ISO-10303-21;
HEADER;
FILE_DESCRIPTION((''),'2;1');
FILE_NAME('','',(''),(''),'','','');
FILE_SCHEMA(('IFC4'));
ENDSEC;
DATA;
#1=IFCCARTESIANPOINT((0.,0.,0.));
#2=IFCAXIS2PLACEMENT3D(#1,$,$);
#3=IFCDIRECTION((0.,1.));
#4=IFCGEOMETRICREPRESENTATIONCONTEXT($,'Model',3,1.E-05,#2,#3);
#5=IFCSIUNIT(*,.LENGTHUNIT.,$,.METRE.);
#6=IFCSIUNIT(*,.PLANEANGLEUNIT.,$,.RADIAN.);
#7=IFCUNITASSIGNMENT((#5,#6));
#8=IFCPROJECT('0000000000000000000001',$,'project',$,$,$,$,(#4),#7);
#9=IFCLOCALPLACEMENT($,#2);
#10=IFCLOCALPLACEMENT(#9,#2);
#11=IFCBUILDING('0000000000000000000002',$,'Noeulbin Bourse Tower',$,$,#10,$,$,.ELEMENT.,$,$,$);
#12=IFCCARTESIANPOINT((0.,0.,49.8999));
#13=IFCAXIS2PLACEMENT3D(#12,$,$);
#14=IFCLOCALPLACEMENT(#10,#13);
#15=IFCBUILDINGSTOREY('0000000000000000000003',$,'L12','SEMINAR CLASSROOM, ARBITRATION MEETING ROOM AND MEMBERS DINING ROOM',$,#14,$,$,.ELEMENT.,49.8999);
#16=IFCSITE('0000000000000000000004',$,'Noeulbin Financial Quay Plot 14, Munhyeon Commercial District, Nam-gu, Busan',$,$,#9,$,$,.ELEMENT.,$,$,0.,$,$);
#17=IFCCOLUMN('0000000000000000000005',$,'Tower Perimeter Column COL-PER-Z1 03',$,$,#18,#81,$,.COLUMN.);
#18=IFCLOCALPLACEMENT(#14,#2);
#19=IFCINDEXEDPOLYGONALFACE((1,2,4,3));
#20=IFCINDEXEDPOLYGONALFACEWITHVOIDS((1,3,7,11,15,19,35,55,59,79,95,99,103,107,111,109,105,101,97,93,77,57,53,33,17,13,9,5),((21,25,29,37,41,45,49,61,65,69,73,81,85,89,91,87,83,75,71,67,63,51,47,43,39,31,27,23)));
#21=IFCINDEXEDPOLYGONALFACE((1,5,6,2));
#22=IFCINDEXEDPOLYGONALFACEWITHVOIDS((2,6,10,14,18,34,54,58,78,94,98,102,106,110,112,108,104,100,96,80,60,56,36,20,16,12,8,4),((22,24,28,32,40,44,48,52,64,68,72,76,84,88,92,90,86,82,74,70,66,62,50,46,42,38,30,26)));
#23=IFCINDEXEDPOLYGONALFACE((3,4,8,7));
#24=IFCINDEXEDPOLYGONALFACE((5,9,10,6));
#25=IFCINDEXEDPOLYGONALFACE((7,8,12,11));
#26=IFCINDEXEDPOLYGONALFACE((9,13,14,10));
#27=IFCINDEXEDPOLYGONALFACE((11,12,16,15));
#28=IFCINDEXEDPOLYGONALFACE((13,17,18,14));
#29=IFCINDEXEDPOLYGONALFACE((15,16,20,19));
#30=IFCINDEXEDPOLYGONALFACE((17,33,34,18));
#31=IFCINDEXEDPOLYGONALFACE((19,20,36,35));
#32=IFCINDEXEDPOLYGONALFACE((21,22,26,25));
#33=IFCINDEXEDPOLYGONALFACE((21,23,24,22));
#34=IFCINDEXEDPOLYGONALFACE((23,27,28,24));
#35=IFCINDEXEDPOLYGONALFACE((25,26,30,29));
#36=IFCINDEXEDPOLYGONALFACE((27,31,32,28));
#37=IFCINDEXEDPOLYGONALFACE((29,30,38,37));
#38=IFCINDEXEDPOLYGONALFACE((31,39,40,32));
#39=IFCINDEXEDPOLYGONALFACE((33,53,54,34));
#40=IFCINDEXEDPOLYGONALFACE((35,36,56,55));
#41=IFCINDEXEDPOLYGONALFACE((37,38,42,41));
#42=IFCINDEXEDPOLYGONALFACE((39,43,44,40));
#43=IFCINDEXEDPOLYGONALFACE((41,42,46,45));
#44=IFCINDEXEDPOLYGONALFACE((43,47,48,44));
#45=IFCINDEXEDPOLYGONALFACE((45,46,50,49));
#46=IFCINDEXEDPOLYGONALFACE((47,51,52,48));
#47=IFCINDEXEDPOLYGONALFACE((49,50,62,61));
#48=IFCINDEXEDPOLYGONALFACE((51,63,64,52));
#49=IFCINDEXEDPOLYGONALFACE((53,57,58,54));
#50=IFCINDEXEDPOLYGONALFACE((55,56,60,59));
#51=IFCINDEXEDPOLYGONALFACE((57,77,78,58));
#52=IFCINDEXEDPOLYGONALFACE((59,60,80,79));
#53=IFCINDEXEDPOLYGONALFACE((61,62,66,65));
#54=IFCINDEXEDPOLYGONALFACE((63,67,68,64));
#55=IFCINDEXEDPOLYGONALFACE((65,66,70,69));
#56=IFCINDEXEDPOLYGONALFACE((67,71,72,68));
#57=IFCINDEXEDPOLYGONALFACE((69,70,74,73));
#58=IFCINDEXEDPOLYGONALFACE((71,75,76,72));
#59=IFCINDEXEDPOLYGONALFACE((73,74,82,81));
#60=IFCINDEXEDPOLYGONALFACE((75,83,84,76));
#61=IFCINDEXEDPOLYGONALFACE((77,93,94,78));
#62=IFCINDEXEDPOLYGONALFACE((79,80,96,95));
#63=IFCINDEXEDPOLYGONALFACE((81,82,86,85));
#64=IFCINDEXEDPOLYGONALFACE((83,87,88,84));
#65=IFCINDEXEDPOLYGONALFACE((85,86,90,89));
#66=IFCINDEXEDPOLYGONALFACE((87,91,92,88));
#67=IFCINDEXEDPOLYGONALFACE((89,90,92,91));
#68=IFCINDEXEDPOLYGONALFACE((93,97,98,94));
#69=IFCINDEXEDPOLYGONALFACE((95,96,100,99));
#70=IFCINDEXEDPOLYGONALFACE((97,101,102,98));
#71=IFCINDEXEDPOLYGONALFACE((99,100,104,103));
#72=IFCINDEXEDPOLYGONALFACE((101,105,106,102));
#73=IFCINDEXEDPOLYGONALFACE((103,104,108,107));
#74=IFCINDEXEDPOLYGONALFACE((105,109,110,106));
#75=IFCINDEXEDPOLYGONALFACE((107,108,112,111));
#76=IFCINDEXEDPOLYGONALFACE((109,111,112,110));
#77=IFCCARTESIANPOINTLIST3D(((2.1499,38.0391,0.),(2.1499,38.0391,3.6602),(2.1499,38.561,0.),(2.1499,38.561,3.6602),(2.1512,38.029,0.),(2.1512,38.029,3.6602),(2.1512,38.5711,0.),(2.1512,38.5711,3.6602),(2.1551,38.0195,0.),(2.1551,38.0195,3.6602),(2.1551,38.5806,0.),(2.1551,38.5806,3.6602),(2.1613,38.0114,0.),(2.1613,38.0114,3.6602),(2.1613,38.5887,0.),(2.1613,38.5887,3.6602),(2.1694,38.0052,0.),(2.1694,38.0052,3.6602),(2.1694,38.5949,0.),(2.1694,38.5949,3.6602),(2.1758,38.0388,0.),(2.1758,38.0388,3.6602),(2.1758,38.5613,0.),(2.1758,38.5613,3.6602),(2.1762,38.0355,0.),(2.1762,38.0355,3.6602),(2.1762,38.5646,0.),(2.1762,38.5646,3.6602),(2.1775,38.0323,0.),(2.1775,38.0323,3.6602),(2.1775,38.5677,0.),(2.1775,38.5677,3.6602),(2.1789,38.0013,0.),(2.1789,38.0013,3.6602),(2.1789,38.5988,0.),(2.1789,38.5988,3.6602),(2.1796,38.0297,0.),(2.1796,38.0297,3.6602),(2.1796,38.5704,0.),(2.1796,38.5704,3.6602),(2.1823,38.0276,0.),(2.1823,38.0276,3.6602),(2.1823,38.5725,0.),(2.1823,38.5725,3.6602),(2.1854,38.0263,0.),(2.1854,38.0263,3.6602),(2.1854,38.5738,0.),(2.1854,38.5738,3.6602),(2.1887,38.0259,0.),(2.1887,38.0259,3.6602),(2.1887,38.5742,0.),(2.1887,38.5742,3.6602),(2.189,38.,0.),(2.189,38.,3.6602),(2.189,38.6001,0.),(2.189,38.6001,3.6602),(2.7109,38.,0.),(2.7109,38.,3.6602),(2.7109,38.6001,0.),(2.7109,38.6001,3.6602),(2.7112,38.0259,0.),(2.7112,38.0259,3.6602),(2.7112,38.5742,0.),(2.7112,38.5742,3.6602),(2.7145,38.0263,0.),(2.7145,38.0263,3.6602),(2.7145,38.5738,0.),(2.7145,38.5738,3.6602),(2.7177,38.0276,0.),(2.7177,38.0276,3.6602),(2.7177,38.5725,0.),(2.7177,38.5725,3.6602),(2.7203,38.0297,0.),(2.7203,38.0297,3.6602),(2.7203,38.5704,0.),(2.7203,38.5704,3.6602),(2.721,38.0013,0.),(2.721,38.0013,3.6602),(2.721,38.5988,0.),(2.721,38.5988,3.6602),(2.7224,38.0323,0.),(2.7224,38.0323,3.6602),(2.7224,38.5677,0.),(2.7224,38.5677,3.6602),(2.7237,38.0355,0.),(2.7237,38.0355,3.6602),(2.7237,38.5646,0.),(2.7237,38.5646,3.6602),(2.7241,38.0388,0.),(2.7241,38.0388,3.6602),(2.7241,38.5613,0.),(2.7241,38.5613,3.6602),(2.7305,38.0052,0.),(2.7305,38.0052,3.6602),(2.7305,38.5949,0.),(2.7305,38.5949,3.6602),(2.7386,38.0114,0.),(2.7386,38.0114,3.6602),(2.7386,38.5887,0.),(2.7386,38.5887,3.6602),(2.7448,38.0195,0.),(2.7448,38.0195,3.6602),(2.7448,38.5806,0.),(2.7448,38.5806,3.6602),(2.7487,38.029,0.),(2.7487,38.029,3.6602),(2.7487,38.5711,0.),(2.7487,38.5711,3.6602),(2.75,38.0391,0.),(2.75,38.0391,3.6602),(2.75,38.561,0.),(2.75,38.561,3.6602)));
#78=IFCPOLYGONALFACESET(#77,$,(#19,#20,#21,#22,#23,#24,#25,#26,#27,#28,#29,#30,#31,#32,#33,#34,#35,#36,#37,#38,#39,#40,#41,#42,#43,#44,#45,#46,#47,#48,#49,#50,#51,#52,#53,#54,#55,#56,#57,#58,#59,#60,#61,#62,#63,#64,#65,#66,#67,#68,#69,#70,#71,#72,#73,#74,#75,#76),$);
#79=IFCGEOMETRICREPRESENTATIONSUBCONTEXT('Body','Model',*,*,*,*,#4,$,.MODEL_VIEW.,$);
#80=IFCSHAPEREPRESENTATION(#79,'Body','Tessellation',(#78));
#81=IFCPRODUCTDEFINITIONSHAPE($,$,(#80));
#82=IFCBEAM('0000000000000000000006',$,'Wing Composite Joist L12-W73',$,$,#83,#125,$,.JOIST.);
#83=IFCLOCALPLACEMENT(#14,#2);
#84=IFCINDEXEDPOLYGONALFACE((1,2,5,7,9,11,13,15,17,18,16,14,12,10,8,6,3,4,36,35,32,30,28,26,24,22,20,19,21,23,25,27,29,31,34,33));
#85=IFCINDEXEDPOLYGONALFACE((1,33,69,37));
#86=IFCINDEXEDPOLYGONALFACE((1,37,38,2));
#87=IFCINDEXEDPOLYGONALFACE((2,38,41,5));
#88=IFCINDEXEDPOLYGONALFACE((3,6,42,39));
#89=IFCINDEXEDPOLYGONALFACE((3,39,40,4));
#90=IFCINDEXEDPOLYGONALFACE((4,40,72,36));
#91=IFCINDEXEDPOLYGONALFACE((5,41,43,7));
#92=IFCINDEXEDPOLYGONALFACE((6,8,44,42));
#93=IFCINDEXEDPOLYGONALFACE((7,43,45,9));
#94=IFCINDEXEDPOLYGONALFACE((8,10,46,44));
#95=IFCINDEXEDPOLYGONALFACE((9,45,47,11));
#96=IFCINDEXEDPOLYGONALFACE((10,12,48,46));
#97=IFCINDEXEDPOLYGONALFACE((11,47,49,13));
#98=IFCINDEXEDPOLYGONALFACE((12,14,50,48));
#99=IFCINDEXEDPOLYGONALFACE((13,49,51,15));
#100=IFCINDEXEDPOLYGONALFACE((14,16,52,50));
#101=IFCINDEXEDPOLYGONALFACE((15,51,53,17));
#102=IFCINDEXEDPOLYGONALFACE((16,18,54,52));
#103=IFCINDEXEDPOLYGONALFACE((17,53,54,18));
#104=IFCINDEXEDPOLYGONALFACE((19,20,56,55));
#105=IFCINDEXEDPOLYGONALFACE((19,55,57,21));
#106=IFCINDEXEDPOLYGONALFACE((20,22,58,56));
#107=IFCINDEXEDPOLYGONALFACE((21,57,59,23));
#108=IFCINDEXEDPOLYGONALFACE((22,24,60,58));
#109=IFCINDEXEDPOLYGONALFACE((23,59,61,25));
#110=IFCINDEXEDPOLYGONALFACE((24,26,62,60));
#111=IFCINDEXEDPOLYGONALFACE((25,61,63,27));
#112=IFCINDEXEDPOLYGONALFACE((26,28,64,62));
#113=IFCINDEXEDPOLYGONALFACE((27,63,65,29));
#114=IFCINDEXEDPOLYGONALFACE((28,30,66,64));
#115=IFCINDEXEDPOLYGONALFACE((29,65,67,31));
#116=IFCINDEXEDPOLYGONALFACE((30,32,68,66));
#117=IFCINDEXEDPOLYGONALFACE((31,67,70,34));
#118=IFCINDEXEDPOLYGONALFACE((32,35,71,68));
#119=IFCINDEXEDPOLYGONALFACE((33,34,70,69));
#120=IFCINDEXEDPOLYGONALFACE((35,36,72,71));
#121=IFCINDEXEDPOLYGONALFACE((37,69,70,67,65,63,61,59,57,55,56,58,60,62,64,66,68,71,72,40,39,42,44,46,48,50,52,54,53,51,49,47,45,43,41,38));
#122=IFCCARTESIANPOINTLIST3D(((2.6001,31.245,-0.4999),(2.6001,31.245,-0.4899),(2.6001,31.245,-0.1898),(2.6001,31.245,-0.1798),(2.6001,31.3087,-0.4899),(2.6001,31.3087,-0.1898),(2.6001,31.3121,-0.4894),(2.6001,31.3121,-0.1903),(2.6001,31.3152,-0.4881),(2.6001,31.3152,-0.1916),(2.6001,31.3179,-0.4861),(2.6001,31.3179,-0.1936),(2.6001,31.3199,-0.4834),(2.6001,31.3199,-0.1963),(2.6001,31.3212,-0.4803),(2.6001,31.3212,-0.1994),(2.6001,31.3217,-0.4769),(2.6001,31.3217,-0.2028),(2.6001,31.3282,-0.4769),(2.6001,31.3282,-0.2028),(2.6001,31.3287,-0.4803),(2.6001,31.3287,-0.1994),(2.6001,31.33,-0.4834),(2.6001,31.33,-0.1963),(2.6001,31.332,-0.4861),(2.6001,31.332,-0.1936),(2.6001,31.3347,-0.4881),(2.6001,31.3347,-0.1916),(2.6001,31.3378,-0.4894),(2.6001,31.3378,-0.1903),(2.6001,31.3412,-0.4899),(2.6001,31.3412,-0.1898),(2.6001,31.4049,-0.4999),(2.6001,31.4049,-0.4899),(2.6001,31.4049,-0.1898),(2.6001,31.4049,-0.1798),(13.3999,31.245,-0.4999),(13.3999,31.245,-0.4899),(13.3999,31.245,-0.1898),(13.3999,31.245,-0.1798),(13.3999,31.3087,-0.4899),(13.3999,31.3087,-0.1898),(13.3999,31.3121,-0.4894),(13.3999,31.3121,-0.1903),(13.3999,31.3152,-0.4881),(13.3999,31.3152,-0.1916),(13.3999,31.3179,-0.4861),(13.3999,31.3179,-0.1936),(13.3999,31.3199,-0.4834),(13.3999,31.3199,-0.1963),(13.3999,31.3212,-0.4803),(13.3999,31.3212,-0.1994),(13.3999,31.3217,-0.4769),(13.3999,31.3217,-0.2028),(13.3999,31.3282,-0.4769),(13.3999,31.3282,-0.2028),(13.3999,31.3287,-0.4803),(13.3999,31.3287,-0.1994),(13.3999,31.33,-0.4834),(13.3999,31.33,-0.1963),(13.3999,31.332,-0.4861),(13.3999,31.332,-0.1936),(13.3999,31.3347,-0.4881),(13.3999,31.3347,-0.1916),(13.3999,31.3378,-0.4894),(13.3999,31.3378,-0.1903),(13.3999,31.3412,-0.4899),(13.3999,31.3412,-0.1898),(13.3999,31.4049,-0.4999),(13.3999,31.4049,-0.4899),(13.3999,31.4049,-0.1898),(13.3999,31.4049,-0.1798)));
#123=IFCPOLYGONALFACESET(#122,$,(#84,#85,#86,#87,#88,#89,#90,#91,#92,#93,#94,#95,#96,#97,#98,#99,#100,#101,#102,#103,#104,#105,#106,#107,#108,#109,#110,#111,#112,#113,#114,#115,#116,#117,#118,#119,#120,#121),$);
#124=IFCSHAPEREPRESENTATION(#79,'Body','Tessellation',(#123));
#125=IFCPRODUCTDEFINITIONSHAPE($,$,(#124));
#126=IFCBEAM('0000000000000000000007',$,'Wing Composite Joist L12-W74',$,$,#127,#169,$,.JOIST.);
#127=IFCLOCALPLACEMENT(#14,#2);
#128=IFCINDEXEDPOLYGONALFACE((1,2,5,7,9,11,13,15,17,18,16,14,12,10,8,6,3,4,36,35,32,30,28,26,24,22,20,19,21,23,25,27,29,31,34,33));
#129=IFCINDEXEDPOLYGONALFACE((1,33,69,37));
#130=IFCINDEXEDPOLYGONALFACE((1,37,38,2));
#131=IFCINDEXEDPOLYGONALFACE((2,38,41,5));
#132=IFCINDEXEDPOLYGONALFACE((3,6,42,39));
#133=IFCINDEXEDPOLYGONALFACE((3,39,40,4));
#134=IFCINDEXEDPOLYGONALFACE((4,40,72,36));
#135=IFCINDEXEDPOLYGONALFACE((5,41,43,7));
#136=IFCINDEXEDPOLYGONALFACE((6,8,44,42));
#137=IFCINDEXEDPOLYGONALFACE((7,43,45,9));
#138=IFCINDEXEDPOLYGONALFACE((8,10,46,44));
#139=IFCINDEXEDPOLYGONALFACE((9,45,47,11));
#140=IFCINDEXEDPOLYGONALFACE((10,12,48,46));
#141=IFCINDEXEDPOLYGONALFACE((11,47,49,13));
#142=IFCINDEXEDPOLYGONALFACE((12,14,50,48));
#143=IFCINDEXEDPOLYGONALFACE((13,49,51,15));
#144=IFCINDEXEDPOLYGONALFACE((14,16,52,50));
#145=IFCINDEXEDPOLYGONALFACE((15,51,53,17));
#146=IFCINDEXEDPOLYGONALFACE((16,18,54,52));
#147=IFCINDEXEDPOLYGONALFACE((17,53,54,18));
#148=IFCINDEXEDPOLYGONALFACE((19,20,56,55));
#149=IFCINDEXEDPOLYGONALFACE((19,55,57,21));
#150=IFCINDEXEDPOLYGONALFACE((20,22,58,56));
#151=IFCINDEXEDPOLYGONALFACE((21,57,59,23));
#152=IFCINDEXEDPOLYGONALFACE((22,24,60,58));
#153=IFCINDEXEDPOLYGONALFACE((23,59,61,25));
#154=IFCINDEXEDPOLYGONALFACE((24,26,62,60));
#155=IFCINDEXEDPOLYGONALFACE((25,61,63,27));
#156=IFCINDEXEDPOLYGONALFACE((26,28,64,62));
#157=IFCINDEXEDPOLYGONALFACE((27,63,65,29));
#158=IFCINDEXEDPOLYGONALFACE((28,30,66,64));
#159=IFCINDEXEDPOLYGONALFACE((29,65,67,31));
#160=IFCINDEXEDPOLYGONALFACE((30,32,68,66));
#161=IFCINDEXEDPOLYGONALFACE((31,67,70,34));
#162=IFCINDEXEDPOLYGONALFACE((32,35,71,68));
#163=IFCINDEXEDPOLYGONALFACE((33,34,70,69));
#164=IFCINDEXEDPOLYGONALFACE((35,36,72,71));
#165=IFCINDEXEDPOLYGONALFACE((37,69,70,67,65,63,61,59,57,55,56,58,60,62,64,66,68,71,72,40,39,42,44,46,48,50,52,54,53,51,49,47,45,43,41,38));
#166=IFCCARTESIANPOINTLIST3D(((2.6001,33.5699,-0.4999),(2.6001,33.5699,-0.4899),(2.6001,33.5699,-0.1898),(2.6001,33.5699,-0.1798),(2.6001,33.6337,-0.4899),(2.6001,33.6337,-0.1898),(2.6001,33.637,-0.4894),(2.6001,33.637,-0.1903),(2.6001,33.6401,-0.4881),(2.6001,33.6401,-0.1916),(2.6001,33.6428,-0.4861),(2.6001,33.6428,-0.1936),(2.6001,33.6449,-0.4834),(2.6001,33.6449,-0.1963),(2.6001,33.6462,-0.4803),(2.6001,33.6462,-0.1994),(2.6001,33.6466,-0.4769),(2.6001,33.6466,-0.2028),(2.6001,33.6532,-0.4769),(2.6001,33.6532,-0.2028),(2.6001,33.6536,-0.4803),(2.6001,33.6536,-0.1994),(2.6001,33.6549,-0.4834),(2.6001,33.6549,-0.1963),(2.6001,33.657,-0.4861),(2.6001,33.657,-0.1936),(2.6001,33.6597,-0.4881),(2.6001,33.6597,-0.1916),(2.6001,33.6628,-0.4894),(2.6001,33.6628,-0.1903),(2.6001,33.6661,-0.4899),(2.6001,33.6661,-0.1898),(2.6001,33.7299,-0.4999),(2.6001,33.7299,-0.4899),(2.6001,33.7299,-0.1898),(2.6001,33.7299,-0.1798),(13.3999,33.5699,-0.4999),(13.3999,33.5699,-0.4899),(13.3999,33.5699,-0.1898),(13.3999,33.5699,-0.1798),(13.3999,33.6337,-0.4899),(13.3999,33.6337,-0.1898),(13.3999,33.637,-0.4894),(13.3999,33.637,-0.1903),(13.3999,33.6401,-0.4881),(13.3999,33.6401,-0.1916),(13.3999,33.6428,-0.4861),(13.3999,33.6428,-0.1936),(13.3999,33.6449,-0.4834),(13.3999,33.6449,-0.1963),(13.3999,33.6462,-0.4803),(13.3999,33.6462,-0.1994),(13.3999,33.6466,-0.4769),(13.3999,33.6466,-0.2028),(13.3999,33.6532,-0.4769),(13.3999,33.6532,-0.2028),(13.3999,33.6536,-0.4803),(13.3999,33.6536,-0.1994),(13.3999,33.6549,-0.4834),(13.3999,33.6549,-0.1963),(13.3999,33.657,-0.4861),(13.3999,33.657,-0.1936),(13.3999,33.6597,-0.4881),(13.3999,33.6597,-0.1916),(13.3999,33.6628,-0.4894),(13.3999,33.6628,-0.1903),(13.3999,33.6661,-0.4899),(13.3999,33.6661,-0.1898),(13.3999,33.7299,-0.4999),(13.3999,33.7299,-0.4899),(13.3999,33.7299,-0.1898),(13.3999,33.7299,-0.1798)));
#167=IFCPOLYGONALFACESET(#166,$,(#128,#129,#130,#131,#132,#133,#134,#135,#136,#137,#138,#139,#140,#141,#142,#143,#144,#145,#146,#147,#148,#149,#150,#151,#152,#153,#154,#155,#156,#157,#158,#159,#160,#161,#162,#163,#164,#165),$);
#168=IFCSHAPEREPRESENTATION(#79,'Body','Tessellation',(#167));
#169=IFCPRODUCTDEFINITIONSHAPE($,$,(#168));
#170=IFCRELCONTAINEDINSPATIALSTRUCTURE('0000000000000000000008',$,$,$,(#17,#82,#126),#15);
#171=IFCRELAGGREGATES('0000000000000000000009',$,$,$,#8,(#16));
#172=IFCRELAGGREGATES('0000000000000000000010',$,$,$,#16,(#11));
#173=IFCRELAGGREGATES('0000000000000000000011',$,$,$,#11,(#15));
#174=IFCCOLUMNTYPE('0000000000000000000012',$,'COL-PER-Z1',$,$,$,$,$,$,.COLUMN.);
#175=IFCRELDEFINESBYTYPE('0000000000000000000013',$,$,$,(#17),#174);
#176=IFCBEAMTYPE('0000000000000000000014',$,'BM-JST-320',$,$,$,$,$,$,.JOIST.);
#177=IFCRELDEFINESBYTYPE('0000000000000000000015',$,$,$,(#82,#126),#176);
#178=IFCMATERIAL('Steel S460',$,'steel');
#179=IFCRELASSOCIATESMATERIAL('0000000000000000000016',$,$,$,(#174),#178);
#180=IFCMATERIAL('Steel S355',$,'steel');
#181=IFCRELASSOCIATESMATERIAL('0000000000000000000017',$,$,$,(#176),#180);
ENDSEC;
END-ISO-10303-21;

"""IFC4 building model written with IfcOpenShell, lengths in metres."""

from ifc_helpers import new_model, si_unit, direction, frame, origin, origin_2d, place, context, subcontext, project, spatial, hollow_rectangle, i_section, extrude, material, material_profile, profile_set, type_object, element, save


model = new_model("IFC4")

# Units and contexts
model_context = context("Model", 3, precision=1e-05, world=origin(), true_north=direction((0.0, 1.0)))
body_context = subcontext(model_context, "Body", "Model", "MODEL_VIEW")
ifc_project = project(units=[si_unit("LENGTHUNIT", "METRE"), si_unit("PLANEANGLEUNIT", "RADIAN")], contexts=[model_context])

# Site, building, storey
site_placement = place(None, origin())
site = spatial("IfcSite", under=ifc_project, at=site_placement, Name="Noeulbin Financial Quay Plot 14, Munhyeon Commercial District, Nam-gu, Busan", CompositionType="ELEMENT", RefElevation=0.0)
building_placement = place(site_placement, origin())
building = spatial("IfcBuilding", under=site, at=building_placement, Name="Noeulbin Bourse Tower", CompositionType="ELEMENT")
storey_placement = place(building_placement, frame((0.0, 0.0, 49.8999)))
storey = spatial("IfcBuildingStorey", under=building, at=storey_placement, Name="L12", Description="SEMINAR CLASSROOM, ARBITRATION MEETING ROOM AND MEMBERS DINING ROOM", CompositionType="ELEMENT", Elevation=49.8999)

# Column
ifc_material_1 = material(Name="Steel S460", Category="steel")
ifc_material_profile_1 = material_profile(ifc_material_1, hollow_rectangle(XDim=0.6001, YDim=0.6001, WallThickness=0.0259, InnerFilletRadius=0.0129, OuterFilletRadius=0.0391, at=origin_2d()), Name="BOX-600x600x26", Category="LoadBearing")
ifc_profile_set_1 = profile_set([ifc_material_profile_1], Name="Steel S460")
column_type = type_object("IfcColumnType", Name="COL-PER-Z1", PredefinedType="COLUMN", material=ifc_profile_set_1)
column_placement = place(storey_placement, frame((2.45, 38.3, 0.0), z_axis=(0.0, 0.0, 1.0), x_axis=(1.0, 0.0, 0.0)))
element("IfcColumn", 1, at=column_placement, inside=storey, type_object=column_type, Name="Tower Perimeter Column COL-PER-Z1 03", PredefinedType="COLUMN", context=body_context, shape_type="SweptSolid", body=[
    extrude(hollow_rectangle(XDim=0.6001, YDim=0.6001, WallThickness=0.0259, InnerFilletRadius=0.0129, OuterFilletRadius=0.0391, at=origin_2d()), origin(), (0.0, 0.0, 1.0), 3.6602),
])

# Beams
ifc_material_2 = material(Name="Steel S355", Category="steel")
ifc_material_profile_2 = material_profile(ifc_material_2, i_section(OverallWidth=0.1599, OverallDepth=0.3201, WebThickness=0.0066, FlangeThickness=0.01, FilletRadius=0.0129, at=origin_2d()), Name="H-320x160x6.5x10", Category="LoadBearing")
ifc_profile_set_2 = profile_set([ifc_material_profile_2], Name="Steel S355")
beam_type = type_object("IfcBeamType", Name="BM-JST-320", PredefinedType="JOIST", material=ifc_profile_set_2)
for number, where, z_axis, x_axis, name in (
    (2, (2.6001, 31.325, -0.3398), (1.0, 0.0, 0.0), (0.0, 1.0, 0.0), "Wing Composite Joist L12-W73"),
    (3, (2.6001, 33.6499, -0.3398), (1.0, 0.0, 0.0), (0.0, 1.0, 0.0), "Wing Composite Joist L12-W74"),
):
    element("IfcBeam", number, at=place(storey_placement, frame(where, z_axis=z_axis, x_axis=x_axis)), inside=storey, type_object=beam_type, Name=name, PredefinedType="JOIST", context=body_context, shape_type="SweptSolid", body=[
        extrude(i_section(OverallWidth=0.1599, OverallDepth=0.3201, WebThickness=0.0066, FlangeThickness=0.01, FilletRadius=0.0129, at=origin_2d()), origin(), (0.0, 0.0, 1.0), 10.7998),
    ])

save(model, "model.ifc")
